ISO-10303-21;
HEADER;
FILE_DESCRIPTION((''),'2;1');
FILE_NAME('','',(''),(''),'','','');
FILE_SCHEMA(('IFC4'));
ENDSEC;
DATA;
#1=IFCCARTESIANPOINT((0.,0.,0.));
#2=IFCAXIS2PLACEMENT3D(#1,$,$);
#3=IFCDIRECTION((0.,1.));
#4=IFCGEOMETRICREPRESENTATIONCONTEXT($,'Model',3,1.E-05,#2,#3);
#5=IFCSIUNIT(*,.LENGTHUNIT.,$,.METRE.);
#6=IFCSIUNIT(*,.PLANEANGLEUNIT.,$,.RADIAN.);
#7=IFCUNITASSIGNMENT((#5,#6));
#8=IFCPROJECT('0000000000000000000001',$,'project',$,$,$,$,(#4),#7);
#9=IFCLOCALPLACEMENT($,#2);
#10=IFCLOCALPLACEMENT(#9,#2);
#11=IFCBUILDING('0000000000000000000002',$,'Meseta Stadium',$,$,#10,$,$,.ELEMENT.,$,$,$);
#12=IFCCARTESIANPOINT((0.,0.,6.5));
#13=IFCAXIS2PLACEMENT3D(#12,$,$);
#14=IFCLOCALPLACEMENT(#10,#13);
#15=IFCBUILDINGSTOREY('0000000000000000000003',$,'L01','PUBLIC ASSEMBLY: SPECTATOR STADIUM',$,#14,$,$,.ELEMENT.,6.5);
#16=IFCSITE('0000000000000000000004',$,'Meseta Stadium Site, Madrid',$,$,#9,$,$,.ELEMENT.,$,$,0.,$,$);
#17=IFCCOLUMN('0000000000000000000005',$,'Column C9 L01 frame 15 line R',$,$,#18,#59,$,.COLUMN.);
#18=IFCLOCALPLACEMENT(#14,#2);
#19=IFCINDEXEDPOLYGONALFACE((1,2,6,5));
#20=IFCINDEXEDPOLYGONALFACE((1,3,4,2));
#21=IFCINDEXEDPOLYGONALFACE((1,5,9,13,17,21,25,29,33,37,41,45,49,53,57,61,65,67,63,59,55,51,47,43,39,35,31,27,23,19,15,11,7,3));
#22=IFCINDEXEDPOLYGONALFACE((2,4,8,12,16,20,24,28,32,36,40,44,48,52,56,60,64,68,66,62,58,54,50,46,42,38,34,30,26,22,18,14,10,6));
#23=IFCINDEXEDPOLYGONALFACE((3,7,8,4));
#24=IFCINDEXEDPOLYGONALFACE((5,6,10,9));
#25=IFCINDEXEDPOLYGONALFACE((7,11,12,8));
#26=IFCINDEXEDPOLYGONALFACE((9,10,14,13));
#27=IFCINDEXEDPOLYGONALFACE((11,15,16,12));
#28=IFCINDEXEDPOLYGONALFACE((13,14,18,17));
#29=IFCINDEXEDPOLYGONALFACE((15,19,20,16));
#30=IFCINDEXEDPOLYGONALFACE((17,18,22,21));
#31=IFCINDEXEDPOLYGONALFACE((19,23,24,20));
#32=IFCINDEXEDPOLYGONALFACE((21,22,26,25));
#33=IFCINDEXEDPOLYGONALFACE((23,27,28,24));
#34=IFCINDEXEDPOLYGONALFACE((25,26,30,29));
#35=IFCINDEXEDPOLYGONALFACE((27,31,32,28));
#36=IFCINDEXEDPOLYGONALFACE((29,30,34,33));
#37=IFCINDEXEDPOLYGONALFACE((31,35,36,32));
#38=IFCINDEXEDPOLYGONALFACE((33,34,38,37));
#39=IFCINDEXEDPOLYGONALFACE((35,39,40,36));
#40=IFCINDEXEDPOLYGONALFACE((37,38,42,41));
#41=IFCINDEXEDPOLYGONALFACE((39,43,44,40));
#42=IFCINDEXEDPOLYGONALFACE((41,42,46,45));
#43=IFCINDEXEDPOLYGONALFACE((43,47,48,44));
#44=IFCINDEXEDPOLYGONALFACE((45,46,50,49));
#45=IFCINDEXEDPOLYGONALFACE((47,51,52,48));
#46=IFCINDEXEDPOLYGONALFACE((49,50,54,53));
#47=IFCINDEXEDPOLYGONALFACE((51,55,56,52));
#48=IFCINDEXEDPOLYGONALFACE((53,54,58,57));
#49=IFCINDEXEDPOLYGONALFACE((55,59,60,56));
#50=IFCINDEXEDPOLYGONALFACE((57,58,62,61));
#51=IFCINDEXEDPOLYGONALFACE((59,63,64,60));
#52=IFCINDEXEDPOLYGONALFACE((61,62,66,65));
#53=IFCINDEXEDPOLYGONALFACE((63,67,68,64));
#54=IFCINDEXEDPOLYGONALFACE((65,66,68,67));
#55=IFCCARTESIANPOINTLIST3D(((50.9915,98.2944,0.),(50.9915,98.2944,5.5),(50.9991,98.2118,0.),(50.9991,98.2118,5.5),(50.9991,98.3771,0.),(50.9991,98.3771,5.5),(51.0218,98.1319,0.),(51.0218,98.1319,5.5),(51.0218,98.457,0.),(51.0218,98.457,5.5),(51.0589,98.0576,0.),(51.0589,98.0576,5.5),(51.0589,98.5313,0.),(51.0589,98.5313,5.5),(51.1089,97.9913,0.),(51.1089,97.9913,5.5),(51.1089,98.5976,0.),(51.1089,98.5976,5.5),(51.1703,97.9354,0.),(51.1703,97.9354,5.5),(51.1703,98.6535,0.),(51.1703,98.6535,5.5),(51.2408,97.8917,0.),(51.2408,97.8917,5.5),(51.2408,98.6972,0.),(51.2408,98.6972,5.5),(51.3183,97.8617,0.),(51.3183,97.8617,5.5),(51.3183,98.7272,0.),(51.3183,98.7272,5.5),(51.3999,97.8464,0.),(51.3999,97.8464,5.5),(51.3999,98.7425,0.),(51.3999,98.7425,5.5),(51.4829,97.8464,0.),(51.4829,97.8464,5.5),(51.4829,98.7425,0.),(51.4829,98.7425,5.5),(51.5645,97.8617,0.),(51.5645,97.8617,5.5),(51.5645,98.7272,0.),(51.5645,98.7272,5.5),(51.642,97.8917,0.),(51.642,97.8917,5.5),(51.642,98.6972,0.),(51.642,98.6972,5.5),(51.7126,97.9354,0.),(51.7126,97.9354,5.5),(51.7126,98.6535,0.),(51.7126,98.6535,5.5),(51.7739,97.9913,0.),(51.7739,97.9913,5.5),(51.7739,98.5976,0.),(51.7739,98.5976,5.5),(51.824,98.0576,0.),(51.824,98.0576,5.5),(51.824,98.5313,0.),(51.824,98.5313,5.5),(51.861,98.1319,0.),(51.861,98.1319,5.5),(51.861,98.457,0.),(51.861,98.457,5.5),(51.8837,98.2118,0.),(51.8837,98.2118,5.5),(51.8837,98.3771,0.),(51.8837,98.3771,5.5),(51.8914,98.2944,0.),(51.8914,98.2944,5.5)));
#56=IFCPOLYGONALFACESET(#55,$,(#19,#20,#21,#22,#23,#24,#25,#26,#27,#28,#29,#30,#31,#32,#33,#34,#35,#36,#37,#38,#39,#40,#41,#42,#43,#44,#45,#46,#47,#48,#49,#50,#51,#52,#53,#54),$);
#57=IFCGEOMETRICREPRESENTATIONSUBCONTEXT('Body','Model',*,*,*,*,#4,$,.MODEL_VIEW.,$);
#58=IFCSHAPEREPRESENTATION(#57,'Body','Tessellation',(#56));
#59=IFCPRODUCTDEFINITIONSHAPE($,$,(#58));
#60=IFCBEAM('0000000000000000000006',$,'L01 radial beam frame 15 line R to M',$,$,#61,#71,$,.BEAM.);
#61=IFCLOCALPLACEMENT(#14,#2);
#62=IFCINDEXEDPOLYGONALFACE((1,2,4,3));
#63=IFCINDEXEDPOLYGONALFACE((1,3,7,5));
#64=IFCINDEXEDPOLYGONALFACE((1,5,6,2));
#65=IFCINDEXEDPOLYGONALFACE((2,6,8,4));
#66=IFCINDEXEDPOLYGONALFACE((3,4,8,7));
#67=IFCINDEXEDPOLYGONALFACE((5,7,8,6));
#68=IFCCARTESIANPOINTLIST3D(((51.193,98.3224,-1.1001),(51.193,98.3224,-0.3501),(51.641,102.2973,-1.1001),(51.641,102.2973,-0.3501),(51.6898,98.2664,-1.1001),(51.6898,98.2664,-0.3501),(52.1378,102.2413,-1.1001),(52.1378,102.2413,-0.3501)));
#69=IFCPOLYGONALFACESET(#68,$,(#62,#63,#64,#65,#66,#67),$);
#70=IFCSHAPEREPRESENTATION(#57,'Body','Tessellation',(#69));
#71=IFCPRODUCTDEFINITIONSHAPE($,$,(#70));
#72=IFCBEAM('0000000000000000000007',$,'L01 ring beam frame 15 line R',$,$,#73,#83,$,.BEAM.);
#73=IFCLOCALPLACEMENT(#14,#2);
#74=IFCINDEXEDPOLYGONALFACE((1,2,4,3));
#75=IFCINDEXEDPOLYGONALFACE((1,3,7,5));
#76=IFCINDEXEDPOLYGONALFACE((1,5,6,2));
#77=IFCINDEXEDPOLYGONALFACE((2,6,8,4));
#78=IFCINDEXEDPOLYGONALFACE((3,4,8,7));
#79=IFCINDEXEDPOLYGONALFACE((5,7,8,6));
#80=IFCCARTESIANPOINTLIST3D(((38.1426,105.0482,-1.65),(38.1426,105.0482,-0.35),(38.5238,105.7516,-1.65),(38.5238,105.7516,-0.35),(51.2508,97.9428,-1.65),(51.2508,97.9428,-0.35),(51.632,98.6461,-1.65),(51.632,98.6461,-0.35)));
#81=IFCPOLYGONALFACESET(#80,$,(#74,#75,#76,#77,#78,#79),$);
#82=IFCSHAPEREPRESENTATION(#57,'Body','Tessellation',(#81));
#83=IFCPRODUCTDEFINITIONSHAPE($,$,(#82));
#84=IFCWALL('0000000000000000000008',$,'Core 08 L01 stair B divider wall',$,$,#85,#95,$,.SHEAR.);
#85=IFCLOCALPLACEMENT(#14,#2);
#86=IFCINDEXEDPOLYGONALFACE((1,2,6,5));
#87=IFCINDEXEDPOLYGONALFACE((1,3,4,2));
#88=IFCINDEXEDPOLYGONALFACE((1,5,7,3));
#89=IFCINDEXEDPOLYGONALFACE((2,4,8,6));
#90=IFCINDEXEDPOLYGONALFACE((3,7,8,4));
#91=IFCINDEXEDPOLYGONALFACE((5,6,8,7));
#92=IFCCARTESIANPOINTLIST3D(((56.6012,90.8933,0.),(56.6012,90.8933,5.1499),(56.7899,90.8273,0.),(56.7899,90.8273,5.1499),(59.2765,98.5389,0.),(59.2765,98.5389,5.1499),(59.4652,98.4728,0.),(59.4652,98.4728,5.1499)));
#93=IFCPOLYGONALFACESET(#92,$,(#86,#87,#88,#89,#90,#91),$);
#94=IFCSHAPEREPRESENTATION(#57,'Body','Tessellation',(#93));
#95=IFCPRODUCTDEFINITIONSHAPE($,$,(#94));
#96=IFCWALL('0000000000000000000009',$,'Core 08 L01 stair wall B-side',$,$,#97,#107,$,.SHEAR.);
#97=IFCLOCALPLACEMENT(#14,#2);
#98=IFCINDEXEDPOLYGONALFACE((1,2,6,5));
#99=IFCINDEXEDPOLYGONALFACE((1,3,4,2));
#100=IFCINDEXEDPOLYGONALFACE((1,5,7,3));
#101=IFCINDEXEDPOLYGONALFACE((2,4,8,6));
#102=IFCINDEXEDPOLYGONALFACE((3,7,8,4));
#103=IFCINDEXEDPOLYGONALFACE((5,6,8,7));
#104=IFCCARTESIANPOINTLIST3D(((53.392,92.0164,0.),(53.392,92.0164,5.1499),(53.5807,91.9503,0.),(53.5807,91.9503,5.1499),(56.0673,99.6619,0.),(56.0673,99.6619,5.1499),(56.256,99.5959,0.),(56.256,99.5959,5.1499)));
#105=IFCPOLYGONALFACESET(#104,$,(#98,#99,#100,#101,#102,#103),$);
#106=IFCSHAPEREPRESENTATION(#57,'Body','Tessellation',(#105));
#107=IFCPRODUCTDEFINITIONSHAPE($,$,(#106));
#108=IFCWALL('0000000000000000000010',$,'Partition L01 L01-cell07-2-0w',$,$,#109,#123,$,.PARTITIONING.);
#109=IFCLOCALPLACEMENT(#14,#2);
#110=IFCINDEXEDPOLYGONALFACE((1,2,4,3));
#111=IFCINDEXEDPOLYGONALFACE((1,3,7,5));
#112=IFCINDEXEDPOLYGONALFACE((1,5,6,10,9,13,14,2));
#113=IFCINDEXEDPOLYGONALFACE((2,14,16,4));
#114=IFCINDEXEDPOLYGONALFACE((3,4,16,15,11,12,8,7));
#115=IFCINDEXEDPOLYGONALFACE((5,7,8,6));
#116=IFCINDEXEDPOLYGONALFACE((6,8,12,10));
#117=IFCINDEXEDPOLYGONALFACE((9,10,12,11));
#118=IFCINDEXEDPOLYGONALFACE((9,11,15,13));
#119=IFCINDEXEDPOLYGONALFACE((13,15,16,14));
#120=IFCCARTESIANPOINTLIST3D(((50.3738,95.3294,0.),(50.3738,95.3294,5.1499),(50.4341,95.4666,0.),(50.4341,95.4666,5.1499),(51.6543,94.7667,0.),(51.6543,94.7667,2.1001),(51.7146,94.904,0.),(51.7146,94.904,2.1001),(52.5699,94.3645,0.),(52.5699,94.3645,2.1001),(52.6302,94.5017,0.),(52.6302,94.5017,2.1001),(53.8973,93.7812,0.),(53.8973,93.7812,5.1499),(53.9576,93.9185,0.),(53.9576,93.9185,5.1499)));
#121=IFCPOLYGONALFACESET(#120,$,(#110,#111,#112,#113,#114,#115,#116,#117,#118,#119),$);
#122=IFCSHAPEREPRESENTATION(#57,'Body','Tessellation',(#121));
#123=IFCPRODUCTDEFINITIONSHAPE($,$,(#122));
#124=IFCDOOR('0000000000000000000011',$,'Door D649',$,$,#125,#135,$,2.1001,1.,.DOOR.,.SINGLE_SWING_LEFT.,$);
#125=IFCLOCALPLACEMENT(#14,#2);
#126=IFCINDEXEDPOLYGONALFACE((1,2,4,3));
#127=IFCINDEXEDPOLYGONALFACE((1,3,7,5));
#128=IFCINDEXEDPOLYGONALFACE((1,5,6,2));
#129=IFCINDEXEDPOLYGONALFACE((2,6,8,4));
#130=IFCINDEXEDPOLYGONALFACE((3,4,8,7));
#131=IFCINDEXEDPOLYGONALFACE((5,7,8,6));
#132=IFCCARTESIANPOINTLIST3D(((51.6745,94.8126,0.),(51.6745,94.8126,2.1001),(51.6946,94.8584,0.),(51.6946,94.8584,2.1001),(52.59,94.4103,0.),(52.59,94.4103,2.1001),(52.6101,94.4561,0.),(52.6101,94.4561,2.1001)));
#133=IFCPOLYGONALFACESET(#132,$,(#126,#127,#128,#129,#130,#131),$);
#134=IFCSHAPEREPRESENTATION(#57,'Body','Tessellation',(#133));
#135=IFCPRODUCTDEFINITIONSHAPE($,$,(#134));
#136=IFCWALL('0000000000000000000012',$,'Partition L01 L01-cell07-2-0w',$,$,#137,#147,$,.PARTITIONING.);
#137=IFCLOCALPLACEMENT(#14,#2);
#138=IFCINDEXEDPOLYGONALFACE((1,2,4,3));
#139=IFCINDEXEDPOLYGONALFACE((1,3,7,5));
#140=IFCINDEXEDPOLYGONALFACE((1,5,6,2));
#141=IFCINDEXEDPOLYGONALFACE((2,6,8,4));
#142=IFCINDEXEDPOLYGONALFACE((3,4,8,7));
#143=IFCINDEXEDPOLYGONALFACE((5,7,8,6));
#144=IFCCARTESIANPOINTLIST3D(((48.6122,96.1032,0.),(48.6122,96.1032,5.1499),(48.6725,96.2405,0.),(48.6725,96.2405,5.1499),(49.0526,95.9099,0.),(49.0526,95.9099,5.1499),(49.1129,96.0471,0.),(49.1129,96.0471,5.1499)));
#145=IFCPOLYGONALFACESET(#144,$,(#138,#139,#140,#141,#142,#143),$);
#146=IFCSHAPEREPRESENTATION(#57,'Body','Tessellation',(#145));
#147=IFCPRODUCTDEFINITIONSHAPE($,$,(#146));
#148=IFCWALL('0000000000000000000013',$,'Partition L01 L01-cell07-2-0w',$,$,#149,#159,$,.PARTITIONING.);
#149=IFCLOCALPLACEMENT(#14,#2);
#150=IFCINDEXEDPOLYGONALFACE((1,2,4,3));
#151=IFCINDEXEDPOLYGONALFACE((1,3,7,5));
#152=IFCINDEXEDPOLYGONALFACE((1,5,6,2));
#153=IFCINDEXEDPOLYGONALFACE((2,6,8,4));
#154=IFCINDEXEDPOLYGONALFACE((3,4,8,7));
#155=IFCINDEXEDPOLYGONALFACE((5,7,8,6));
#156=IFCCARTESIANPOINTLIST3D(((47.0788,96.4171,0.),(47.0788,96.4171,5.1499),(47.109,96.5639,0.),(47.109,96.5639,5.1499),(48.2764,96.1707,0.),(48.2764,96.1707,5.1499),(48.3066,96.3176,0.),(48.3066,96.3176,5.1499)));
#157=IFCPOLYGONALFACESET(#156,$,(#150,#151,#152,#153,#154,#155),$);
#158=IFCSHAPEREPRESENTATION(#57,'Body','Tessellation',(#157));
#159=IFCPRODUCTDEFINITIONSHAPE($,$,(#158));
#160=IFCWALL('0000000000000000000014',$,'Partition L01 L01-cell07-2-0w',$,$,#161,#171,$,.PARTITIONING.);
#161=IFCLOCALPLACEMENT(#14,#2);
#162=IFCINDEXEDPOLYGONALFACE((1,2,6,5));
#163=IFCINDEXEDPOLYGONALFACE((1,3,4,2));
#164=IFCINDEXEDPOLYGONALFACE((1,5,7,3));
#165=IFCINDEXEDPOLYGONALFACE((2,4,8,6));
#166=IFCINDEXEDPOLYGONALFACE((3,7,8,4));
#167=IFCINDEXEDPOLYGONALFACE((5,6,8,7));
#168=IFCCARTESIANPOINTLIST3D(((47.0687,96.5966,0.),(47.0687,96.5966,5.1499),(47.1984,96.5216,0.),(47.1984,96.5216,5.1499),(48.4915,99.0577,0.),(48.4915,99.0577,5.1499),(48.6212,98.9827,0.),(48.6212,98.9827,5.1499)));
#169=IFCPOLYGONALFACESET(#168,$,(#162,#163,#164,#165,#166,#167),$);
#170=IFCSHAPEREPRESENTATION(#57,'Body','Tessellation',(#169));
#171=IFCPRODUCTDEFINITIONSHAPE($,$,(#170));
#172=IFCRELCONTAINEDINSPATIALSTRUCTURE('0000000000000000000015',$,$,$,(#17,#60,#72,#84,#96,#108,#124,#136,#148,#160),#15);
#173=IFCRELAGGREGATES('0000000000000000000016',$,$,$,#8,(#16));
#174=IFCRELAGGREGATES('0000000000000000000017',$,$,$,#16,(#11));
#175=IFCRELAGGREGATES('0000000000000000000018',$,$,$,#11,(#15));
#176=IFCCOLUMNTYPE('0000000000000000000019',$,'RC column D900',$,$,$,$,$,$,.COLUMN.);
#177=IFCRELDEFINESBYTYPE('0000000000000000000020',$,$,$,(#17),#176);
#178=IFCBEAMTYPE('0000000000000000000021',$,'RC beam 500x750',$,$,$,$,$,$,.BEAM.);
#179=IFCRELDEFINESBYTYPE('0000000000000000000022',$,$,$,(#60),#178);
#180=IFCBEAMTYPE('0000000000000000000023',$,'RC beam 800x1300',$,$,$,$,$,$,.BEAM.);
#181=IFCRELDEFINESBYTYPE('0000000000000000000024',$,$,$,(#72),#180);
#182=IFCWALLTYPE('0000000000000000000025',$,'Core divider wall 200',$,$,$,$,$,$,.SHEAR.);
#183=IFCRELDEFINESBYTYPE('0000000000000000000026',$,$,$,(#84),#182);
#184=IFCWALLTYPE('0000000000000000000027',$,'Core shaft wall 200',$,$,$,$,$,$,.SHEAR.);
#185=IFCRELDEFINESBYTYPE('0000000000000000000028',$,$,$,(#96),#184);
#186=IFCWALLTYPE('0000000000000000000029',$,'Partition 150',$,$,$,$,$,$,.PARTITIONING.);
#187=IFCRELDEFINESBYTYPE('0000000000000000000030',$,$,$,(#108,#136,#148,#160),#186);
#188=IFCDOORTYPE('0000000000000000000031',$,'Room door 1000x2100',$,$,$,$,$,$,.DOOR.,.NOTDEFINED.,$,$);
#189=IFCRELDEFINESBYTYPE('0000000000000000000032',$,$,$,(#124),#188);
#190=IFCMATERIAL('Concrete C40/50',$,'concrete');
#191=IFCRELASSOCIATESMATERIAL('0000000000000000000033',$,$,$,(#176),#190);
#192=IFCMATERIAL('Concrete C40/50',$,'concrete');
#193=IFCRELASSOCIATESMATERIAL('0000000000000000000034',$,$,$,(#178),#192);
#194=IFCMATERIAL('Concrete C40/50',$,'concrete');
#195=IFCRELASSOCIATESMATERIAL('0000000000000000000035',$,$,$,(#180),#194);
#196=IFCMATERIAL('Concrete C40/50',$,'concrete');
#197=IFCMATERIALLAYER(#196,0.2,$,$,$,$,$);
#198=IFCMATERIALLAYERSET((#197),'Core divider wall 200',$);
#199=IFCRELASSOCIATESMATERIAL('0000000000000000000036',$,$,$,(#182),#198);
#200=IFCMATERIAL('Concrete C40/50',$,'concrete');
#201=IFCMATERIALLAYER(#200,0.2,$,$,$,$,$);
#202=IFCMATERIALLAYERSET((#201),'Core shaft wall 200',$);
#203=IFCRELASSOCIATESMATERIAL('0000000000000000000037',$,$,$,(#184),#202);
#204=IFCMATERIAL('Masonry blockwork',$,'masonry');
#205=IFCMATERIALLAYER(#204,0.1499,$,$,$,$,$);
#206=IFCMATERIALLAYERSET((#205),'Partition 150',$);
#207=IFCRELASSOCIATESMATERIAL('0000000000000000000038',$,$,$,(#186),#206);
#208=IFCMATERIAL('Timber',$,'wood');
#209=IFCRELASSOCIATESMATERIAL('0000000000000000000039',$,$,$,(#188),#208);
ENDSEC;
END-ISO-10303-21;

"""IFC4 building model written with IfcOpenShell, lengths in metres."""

from ifc_helpers import new_model, si_unit, direction, frame, frame_2d, origin, origin_2d, place, context, subcontext, project, spatial, rectangle, circle, extrude, material, layer, layer_set, material_profile, profile_set, type_object, element, fill, save


model = new_model("IFC4")

# Units and contexts
model_context = context("Model", 3, precision=1e-05, world=origin(), true_north=direction((0.0, 1.0)))
body_context = subcontext(model_context, "Body", "Model", "MODEL_VIEW")
ifc_project = project(units=[si_unit("LENGTHUNIT", "METRE"), si_unit("PLANEANGLEUNIT", "RADIAN")], contexts=[model_context])

# Site, building, storey
site_placement = place(None, origin())
site = spatial("IfcSite", under=ifc_project, at=site_placement, Name="Meseta Stadium Site, Madrid", CompositionType="ELEMENT", RefElevation=0.0)
building_placement = place(site_placement, origin())
building = spatial("IfcBuilding", under=site, at=building_placement, Name="Meseta Stadium", CompositionType="ELEMENT")
storey_placement = place(building_placement, frame((0.0, 0.0, 6.5)))
storey = spatial("IfcBuildingStorey", under=building, at=storey_placement, Name="L01", Description="PUBLIC ASSEMBLY: SPECTATOR STADIUM", CompositionType="ELEMENT", Elevation=6.5)

# Column
ifc_material_1 = material(Name="Concrete C40/50", Category="concrete")
ifc_material_profile_1 = material_profile(ifc_material_1, circle(Radius=0.45, at=origin_2d()), Name="RC D900")
ifc_profile_set_1 = profile_set([ifc_material_profile_1], Name="Concrete C40/50")
column_type = type_object("IfcColumnType", Name="RC column D900", PredefinedType="COLUMN", material=ifc_profile_set_1)
column_placement = place(storey_placement, frame((51.4414, 98.2944, 0.0), z_axis=(0.0, 0.0, 1.0), x_axis=(1.0, 0.0, 0.0)))
element("IfcColumn", 1, at=column_placement, inside=storey, type_object=column_type, Name="Column C9 L01 frame 15 line R", PredefinedType="COLUMN", context=body_context, shape_type="SweptSolid", body=[
    extrude(circle(Radius=0.45, at=origin_2d()), origin(), (0.0, 0.0, 1.0), 5.5),
])

# Beams
ifc_material_2 = material(Name="Concrete C40/50", Category="concrete")
ifc_material_profile_2 = material_profile(ifc_material_2, rectangle(XDim=0.5, YDim=0.75, at=origin_2d()), Name="RC 500x750")
ifc_profile_set_2 = profile_set([ifc_material_profile_2], Name="Concrete C40/50")
beam_type_1 = type_object("IfcBeamType", Name="RC beam 500x750", PredefinedType="BEAM", material=ifc_profile_set_2)
beam_1_placement = place(storey_placement, frame((51.4414, 98.2944, -0.7251), z_axis=(0.111999, 0.993708, 0.0), x_axis=(-0.993708, 0.111999, 0.0)))
element("IfcBeam", 2, at=beam_1_placement, inside=storey, type_object=beam_type_1, Name="L01 radial beam frame 15 line R to M", PredefinedType="BEAM", context=body_context, shape_type="SweptSolid", body=[
    extrude(rectangle(XDim=0.5, YDim=0.75, at=origin_2d()), origin(), (0.0, 0.0, 1.0), 4.0),
])
ifc_material_3 = material(Name="Concrete C40/50", Category="concrete")
ifc_material_profile_3 = material_profile(ifc_material_3, rectangle(XDim=0.8, YDim=1.3, at=origin_2d()), Name="RC 800x1300")
ifc_profile_set_3 = profile_set([ifc_material_profile_3], Name="Concrete C40/50")
beam_type_2 = type_object("IfcBeamType", Name="RC beam 800x1300", PredefinedType="BEAM", material=ifc_profile_set_3)
beam_2_placement = place(storey_placement, frame((51.4414, 98.2944, -1.0), z_axis=(-0.879145, 0.476554, 0.0), x_axis=(-0.476554, -0.879145, 0.0)))
element("IfcBeam", 3, at=beam_2_placement, inside=storey, type_object=beam_type_2, Name="L01 ring beam frame 15 line R", PredefinedType="BEAM", context=body_context, shape_type="SweptSolid", body=[
    extrude(rectangle(XDim=0.8, YDim=1.3, at=origin_2d()), origin(), (0.0, 0.0, 1.0), 14.9102),
])

# Walls
ifc_material_4 = material(Name="Concrete C40/50", Category="concrete")
ifc_layer_1 = layer(ifc_material_4, 0.2)
ifc_layer_set_1 = layer_set([ifc_layer_1], Name="Core divider wall 200")
wall_type_1 = type_object("IfcWallType", Name="Core divider wall 200", PredefinedType="SHEAR", material=ifc_layer_set_1)
wall_1_placement = place(storey_placement, frame((59.3708, 98.5059, 0.0), z_axis=(0.0, 0.0, 1.0), x_axis=(-0.330281, -0.943883, 0.0)))
element("IfcWall", 4, at=wall_1_placement, inside=storey, type_object=wall_type_1, Name="Core 08 L01 stair B divider wall", PredefinedType="SHEAR", context=body_context, shape_type="SweptSolid", body=[
    extrude(rectangle(XDim=8.1001, YDim=0.2, at=frame_2d((4.05, 0.0))), origin(), (0.0, 0.0, 1.0), 5.1499),
])
ifc_material_5 = material(Name="Concrete C40/50", Category="concrete")
ifc_layer_2 = layer(ifc_material_5, 0.2)
ifc_layer_set_2 = layer_set([ifc_layer_2], Name="Core shaft wall 200")
wall_type_2 = type_object("IfcWallType", Name="Core shaft wall 200", PredefinedType="SHEAR", material=ifc_layer_set_2)
wall_2_placement = place(storey_placement, frame((56.1616, 99.6289, 0.0), z_axis=(0.0, 0.0, 1.0), x_axis=(-0.330281, -0.943883, 0.0)))
element("IfcWall", 5, at=wall_2_placement, inside=storey, type_object=wall_type_2, Name="Core 08 L01 stair wall B-side", PredefinedType="SHEAR", context=body_context, shape_type="SweptSolid", body=[
    extrude(rectangle(XDim=8.1001, YDim=0.2, at=frame_2d((4.05, 0.0))), origin(), (0.0, 0.0, 1.0), 5.1499),
])

# Wall, opening, door
ifc_material_6 = material(Name="Masonry blockwork", Category="masonry")
ifc_layer_3 = layer(ifc_material_6, 0.1499)
ifc_layer_set_3 = layer_set([ifc_layer_3], Name="Partition 150")
wall_type_3 = type_object("IfcWallType", Name="Partition 150", PredefinedType="PARTITIONING", material=ifc_layer_set_3)
wall_3_placement = place(storey_placement, frame((53.9275, 93.8499, 0.0), z_axis=(0.0, 0.0, 1.0), x_axis=(-0.915527, 0.402256, 0.0)))
wall_3 = element("IfcWall", 6, at=wall_3_placement, inside=storey, type_object=wall_type_3, Name="Partition L01 L01-cell07-2-0w", PredefinedType="PARTITIONING", context=body_context, shape_type="SweptSolid", body=[
    extrude(rectangle(XDim=3.8486, YDim=0.1499, at=frame_2d((1.9243, 0.0))), origin(), (0.0, 0.0, 1.0), 5.1499),
])
opening_1_placement = place(wall_3_placement, frame((1.45, 0.0, 0.0)))
opening_1 = element("IfcOpeningElement", 7, at=opening_1_placement, cuts=wall_3, PredefinedType="OPENING", context=body_context, shape_type="SweptSolid", body=[
    extrude(rectangle(XDim=1.0, YDim=2.1001, at=frame_2d((0.5, 1.05))), frame((0.0, 0.085, 0.0), z_axis=(0.0, -1.0, 0.0), x_axis=(1.0, 0.0, 0.0)), (0.0, 0.0, 1.0), 0.1699),
])
ifc_material_7 = material(Name="Timber", Category="wood")
door_type_1 = type_object("IfcDoorType", Name="Room door 1000x2100", OperationType="NOTDEFINED", PredefinedType="DOOR", material=ifc_material_7)
door_1_placement = place(opening_1_placement, origin())
door_1 = element("IfcDoor", 8, at=door_1_placement, inside=storey, type_object=door_type_1, Name="Door D649", OperationType="SINGLE_SWING_LEFT", OverallHeight=2.1001, OverallWidth=1.0, PredefinedType="DOOR", context=body_context, shape_type="SweptSolid", body=[
    extrude(rectangle(XDim=1.0, YDim=2.1001, at=frame_2d((0.5, 1.05))), frame((0.0, 0.0249, 0.0), z_axis=(0.0, -1.0, 0.0), x_axis=(1.0, 0.0, 0.0)), (0.0, 0.0, 1.0), 0.05),
])
fill(opening_1, door_1)

# Walls
wall_4_placement = place(storey_placement, frame((49.0828, 95.9785, 0.0), z_axis=(0.0, 0.0, 1.0), x_axis=(-0.915644, 0.40199, 0.0)))
element("IfcWall", 9, at=wall_4_placement, inside=storey, type_object=wall_type_3, Name="Partition L01 L01-cell07-2-0w", PredefinedType="PARTITIONING", context=body_context, shape_type="SweptSolid", body=[
    extrude(rectangle(XDim=0.481, YDim=0.1499, at=frame_2d((0.2405, 0.0))), origin(), (0.0, 0.0, 1.0), 5.1499),
])
wall_5_placement = place(storey_placement, frame((48.2915, 96.2441, 0.0), z_axis=(0.0, 0.0, 1.0), x_axis=(-0.979491, 0.20149, 0.0)))
element("IfcWall", 10, at=wall_5_placement, inside=storey, type_object=wall_type_3, Name="Partition L01 L01-cell07-2-0w", PredefinedType="PARTITIONING", context=body_context, shape_type="SweptSolid", body=[
    extrude(rectangle(XDim=1.2227, YDim=0.1499, at=frame_2d((0.6113, 0.0))), origin(), (0.0, 0.0, 1.0), 5.1499),
])
wall_6_placement = place(storey_placement, frame((47.1335, 96.5591, 0.0), z_axis=(0.0, 0.0, 1.0), x_axis=(0.500498, 0.865738, 0.0)))
element("IfcWall", 11, at=wall_6_placement, inside=storey, type_object=wall_type_3, Name="Partition L01 L01-cell07-2-0w", PredefinedType="PARTITIONING", context=body_context, shape_type="SweptSolid", body=[
    extrude(rectangle(XDim=2.8428, YDim=0.1499, at=frame_2d((1.4214, 0.0))), origin(), (0.0, 0.0, 1.0), 5.1499),
])

save(model, "model.ifc")
